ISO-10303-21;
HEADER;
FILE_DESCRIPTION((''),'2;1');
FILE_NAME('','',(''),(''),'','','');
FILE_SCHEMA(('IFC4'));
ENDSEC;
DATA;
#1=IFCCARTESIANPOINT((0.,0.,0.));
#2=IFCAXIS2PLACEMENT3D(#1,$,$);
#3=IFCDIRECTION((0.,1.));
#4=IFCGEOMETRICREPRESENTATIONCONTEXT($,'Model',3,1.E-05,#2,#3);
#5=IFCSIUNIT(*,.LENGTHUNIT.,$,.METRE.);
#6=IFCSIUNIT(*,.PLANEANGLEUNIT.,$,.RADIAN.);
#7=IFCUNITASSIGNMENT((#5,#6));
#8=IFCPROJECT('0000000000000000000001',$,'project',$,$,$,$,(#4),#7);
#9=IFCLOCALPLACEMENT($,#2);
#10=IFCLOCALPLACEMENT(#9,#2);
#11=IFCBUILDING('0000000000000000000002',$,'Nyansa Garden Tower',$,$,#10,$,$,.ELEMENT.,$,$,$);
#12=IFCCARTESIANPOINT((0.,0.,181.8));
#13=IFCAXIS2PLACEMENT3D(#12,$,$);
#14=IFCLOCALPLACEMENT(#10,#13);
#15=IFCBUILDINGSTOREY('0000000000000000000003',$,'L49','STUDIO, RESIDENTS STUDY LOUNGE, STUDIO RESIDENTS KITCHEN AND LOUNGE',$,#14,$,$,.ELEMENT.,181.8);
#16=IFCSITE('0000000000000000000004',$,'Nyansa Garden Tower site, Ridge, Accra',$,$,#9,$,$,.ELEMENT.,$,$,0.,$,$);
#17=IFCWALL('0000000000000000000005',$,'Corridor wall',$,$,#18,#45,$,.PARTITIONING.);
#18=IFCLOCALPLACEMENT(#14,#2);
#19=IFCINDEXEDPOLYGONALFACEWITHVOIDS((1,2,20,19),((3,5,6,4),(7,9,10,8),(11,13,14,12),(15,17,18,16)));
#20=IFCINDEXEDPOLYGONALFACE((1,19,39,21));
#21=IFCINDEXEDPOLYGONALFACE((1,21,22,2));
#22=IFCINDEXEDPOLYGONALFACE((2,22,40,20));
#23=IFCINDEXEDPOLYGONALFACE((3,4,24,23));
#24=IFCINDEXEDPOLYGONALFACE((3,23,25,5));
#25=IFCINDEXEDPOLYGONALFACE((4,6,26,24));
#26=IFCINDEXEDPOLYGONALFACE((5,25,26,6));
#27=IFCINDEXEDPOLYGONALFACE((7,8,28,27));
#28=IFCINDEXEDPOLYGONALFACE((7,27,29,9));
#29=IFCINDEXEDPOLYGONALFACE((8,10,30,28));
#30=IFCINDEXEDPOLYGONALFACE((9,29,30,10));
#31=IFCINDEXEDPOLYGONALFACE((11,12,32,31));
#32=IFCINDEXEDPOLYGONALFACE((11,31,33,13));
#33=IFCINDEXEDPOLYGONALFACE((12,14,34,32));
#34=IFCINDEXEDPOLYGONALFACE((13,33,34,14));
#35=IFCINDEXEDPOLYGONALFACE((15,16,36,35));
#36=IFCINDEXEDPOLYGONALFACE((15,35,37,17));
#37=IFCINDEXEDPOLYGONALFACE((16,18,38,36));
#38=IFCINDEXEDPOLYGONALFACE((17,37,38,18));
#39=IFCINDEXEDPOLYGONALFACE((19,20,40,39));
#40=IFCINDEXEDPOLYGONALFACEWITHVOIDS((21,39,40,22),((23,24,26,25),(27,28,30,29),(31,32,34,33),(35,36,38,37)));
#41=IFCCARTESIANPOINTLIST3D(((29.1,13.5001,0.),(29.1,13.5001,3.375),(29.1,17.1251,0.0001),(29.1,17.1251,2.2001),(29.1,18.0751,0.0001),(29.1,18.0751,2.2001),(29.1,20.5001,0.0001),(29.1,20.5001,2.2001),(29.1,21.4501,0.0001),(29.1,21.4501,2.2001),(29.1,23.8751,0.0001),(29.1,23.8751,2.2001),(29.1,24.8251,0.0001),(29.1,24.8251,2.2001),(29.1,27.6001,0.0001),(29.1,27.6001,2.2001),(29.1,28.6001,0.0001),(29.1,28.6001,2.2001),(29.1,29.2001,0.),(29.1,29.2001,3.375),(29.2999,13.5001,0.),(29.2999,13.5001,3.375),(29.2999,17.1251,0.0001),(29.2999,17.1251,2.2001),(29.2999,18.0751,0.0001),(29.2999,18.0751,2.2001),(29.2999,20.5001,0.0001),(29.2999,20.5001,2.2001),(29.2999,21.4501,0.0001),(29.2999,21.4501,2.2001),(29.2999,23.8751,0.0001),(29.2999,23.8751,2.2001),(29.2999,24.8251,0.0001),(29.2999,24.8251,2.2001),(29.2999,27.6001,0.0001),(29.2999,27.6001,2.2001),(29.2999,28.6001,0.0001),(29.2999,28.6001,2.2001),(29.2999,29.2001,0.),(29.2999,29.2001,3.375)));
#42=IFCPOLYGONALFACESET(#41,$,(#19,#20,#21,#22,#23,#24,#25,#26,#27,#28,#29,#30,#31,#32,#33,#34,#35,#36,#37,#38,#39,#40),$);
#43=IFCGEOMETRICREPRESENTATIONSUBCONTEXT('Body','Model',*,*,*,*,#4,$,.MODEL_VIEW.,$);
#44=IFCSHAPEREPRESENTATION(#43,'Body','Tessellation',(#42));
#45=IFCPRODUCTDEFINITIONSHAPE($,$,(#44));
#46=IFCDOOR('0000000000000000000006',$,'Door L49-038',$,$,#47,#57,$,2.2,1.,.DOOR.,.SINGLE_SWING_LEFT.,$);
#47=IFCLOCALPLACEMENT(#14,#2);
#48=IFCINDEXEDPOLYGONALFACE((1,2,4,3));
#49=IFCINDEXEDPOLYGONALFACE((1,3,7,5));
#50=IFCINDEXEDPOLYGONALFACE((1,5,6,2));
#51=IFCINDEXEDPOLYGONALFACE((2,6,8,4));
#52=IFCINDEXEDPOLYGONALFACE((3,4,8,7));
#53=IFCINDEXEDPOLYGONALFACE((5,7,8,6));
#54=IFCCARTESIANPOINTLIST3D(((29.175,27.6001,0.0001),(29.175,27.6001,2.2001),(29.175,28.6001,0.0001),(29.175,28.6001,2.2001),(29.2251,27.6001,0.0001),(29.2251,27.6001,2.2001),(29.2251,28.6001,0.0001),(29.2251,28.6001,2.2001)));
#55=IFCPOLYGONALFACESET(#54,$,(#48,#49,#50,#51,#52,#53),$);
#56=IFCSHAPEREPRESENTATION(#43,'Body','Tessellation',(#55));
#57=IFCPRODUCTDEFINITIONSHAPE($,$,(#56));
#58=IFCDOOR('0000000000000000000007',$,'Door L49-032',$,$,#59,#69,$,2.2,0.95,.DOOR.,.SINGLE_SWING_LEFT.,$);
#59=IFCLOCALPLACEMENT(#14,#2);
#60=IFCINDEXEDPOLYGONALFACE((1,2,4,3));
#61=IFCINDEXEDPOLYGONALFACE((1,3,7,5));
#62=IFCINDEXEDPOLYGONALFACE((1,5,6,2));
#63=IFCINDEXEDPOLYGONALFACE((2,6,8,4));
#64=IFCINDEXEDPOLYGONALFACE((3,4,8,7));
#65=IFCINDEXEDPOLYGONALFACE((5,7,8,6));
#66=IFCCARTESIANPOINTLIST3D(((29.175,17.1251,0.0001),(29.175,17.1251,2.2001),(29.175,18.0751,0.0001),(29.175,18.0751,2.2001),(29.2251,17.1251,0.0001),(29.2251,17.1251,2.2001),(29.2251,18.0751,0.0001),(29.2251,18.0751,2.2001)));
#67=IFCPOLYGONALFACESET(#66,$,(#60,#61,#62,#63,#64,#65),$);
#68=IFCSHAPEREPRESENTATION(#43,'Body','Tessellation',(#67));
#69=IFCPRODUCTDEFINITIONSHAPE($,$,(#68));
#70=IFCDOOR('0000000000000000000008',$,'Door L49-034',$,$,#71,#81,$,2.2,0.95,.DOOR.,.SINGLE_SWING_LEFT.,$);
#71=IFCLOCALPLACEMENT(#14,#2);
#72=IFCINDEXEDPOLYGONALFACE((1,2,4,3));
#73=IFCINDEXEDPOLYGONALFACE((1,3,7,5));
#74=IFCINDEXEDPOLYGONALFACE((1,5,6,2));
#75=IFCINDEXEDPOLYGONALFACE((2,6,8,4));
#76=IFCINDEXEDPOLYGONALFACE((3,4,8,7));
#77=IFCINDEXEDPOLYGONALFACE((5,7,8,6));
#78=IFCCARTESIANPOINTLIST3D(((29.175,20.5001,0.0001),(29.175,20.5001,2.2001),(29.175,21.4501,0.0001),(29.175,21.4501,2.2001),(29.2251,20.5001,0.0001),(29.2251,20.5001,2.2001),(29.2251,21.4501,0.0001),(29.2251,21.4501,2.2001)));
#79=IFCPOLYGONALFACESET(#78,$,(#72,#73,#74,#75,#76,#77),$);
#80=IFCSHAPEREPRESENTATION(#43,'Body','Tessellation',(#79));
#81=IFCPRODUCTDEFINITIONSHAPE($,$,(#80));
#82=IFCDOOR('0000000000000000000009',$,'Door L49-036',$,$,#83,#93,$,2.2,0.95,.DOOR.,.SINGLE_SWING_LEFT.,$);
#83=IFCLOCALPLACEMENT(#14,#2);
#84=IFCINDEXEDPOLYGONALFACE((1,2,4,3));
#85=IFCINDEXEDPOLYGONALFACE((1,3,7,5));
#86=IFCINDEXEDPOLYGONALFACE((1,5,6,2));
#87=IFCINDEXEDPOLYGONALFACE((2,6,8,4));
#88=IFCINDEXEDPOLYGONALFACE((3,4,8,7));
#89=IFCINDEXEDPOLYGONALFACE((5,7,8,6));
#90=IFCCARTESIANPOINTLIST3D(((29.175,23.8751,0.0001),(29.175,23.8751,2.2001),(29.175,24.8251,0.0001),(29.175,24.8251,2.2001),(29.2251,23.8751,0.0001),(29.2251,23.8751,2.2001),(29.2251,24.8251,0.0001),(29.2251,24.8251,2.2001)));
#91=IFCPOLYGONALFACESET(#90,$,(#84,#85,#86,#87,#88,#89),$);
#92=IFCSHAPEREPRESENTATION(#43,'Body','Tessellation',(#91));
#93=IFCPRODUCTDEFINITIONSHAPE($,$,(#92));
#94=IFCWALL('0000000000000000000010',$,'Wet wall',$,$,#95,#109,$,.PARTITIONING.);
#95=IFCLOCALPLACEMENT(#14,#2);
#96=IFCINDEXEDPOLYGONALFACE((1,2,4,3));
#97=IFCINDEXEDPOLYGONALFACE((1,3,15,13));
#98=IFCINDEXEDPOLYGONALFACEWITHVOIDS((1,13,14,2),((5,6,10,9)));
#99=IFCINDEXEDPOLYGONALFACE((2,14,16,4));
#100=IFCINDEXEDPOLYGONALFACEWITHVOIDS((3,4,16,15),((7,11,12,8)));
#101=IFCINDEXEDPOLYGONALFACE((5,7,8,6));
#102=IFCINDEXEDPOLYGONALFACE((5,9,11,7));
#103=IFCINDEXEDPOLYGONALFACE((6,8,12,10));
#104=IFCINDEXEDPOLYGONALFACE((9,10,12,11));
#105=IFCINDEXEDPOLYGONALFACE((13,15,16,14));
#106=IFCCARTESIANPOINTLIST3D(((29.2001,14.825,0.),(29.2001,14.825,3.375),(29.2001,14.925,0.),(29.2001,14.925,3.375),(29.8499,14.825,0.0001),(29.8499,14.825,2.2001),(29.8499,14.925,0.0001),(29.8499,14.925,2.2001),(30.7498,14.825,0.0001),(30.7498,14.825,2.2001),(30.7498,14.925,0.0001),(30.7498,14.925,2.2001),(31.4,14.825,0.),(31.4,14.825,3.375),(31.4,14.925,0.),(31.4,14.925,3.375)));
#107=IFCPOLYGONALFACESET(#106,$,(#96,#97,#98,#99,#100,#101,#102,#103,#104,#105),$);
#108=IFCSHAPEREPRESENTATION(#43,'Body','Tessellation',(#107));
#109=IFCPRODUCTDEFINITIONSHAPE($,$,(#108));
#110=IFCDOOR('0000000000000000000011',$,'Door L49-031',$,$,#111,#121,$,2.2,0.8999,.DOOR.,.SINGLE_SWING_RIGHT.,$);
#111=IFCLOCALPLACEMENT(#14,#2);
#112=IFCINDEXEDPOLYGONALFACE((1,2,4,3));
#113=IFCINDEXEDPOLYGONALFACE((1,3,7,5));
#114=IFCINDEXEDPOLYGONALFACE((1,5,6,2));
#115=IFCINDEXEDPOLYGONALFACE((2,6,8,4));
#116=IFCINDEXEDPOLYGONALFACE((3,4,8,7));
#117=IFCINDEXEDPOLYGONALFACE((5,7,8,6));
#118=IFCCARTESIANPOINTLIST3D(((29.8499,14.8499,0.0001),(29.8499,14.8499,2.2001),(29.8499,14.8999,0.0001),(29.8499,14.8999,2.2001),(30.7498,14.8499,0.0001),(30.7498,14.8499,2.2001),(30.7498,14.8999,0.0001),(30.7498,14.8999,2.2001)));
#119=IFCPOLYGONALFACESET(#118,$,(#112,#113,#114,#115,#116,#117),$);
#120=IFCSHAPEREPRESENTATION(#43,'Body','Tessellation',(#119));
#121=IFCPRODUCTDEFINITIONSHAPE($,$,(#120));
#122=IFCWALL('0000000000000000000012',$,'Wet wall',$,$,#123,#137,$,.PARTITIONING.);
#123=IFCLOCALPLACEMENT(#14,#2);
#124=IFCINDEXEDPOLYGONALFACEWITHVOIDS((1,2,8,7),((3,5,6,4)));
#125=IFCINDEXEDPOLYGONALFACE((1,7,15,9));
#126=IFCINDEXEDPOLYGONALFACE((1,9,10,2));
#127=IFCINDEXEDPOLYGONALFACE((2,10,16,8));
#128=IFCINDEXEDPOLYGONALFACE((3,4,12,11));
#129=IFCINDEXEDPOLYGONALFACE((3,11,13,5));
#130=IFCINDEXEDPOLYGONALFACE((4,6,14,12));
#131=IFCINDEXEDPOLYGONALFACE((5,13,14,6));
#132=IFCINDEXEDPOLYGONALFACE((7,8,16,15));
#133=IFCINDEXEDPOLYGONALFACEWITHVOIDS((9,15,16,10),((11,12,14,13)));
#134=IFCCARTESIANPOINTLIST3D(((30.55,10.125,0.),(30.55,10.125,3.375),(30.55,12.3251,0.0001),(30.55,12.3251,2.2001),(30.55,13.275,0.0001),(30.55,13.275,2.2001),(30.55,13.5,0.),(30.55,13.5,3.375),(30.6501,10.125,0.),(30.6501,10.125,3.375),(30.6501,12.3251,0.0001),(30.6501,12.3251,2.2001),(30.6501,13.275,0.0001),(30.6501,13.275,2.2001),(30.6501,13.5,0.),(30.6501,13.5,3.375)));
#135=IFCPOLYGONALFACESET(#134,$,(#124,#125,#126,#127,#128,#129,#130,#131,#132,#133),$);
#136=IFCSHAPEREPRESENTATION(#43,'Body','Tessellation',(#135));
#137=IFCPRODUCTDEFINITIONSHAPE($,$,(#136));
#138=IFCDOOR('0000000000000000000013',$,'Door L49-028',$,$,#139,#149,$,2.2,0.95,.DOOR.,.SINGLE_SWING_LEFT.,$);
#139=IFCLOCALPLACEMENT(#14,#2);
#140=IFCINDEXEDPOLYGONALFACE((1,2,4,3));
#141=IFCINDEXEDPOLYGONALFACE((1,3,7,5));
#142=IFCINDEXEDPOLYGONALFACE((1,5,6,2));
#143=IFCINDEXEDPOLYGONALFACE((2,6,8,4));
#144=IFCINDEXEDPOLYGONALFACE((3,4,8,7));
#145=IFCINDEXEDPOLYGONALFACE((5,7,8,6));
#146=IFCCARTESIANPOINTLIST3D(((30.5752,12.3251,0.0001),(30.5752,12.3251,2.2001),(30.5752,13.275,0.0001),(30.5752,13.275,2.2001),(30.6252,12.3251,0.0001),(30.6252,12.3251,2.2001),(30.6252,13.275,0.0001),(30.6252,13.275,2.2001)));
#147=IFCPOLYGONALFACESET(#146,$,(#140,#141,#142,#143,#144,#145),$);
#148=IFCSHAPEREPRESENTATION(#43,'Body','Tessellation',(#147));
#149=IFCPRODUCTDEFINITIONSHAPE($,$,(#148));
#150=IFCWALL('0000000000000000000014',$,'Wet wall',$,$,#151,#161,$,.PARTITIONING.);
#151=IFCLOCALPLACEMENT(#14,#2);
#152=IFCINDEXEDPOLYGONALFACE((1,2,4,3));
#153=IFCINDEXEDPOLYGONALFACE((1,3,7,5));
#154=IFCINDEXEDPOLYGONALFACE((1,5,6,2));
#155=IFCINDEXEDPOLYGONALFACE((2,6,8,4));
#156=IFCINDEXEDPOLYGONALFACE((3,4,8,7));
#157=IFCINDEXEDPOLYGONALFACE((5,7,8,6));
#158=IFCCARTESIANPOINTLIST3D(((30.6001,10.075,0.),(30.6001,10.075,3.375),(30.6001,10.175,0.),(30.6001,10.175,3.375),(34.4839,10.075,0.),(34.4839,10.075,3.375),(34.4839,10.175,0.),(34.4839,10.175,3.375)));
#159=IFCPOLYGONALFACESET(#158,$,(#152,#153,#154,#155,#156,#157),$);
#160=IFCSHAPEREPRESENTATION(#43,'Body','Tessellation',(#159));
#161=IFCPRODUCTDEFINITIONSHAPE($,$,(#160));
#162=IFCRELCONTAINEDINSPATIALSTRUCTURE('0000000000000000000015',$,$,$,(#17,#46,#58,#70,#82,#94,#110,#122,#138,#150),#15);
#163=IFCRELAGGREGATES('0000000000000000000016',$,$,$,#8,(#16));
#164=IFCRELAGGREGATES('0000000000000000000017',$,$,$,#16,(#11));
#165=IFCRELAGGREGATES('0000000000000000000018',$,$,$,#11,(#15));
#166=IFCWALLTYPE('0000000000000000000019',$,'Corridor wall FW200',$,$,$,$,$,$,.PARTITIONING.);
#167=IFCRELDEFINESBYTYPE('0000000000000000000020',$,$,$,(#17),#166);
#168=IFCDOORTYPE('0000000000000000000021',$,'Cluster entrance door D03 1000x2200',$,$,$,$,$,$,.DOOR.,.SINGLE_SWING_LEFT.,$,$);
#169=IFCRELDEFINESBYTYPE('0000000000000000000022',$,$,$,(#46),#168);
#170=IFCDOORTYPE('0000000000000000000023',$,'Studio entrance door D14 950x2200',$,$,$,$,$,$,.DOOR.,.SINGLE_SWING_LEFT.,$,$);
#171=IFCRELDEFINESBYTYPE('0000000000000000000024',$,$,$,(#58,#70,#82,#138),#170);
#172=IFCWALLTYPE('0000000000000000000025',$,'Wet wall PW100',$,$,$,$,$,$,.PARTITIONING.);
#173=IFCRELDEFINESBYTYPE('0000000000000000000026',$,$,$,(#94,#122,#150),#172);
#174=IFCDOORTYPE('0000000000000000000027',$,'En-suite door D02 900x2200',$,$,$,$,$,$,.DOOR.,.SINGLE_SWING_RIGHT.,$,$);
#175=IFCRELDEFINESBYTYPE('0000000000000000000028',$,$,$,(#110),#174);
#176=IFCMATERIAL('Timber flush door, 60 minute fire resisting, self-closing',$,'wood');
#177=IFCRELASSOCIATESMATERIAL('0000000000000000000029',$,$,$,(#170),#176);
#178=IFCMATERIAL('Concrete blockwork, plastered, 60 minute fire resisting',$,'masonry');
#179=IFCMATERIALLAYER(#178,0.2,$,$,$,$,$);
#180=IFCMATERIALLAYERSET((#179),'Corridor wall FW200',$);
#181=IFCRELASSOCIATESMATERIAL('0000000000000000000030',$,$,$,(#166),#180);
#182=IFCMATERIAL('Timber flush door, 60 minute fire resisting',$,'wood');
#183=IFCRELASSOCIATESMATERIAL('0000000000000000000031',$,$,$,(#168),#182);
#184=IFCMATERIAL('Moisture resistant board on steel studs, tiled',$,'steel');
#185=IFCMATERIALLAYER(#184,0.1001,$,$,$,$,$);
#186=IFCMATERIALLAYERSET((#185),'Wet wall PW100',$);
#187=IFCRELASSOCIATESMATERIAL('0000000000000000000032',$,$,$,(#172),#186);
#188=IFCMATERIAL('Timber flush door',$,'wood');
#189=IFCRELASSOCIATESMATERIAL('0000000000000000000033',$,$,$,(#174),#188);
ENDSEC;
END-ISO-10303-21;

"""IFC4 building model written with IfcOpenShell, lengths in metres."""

from ifc_helpers import new_model, si_unit, direction, frame, frame_2d, origin, place, context, subcontext, project, spatial, rectangle, extrude, material, layer, layer_set, type_object, element, fill, save


model = new_model("IFC4")

# Units and contexts
model_context = context("Model", 3, precision=1e-05, world=origin(), true_north=direction((0.0, 1.0)))
body_context = subcontext(model_context, "Body", "Model", "MODEL_VIEW")
ifc_project = project(units=[si_unit("LENGTHUNIT", "METRE"), si_unit("PLANEANGLEUNIT", "RADIAN")], contexts=[model_context])

# Site, building, storey
site_placement = place(None, origin())
site = spatial("IfcSite", under=ifc_project, at=site_placement, Name="Nyansa Garden Tower site, Ridge, Accra", CompositionType="ELEMENT", RefElevation=0.0)
building_placement = place(site_placement, origin())
building = spatial("IfcBuilding", under=site, at=building_placement, Name="Nyansa Garden Tower", CompositionType="ELEMENT")
storey_placement = place(building_placement, frame((0.0, 0.0, 181.8)))
storey = spatial("IfcBuildingStorey", under=building, at=storey_placement, Name="L49", Description="STUDIO, RESIDENTS STUDY LOUNGE, STUDIO RESIDENTS KITCHEN AND LOUNGE", CompositionType="ELEMENT", Elevation=181.8)

# Shared definitions
ifc_material_1 = material(Name="Timber flush door, 60 minute fire resisting, self-closing", Category="wood")
door_type_1 = type_object("IfcDoorType", Name="Studio entrance door D14 950x2200", OperationType="SINGLE_SWING_LEFT", PredefinedType="DOOR", material=ifc_material_1)

# Wall, openings, doors
ifc_material_2 = material(Name="Concrete blockwork, plastered, 60 minute fire resisting", Category="masonry")
ifc_layer_1 = layer(ifc_material_2, 0.2)
ifc_layer_set_1 = layer_set([ifc_layer_1], Name="Corridor wall FW200")
wall_type_1 = type_object("IfcWallType", Name="Corridor wall FW200", PredefinedType="PARTITIONING", material=ifc_layer_set_1)
wall_1_placement = place(storey_placement, frame((29.2, 13.5, 0.0), z_axis=(0.0, 0.0, 1.0), x_axis=(0.0, 1.0, 0.0)))
wall_1 = element("IfcWall", 1, at=wall_1_placement, inside=storey, type_object=wall_type_1, Name="Corridor wall", PredefinedType="PARTITIONING", context=body_context, shape_type="SweptSolid", body=[
    extrude(rectangle(XDim=15.7, YDim=0.2, at=frame_2d((7.8501, 0.0))), origin(), (0.0, 0.0, 1.0), 3.375),
])
opening_1_placement = place(wall_1_placement, frame((3.625, 0.0, 0.0)))
opening_1 = element("IfcOpeningElement", 2, at=opening_1_placement, cuts=wall_1, PredefinedType="OPENING", context=body_context, shape_type="SweptSolid", body=[
    extrude(rectangle(XDim=0.95, YDim=2.2, at=frame_2d((0.4751, 1.1001))), frame((0.0, 0.1099, 0.0), z_axis=(0.0, -1.0, 0.0), x_axis=(1.0, 0.0, 0.0)), (0.0, 0.0, 1.0), 0.22),
])
opening_2_placement = place(wall_1_placement, frame((7.0, 0.0, 0.0)))
opening_2 = element("IfcOpeningElement", 3, at=opening_2_placement, cuts=wall_1, PredefinedType="OPENING", context=body_context, shape_type="SweptSolid", body=[
    extrude(rectangle(XDim=0.95, YDim=2.2, at=frame_2d((0.4751, 1.1001))), frame((0.0, 0.1099, 0.0), z_axis=(0.0, -1.0, 0.0), x_axis=(1.0, 0.0, 0.0)), (0.0, 0.0, 1.0), 0.22),
])
opening_3_placement = place(wall_1_placement, frame((10.375, 0.0, 0.0)))
opening_3 = element("IfcOpeningElement", 4, at=opening_3_placement, cuts=wall_1, PredefinedType="OPENING", context=body_context, shape_type="SweptSolid", body=[
    extrude(rectangle(XDim=0.95, YDim=2.2, at=frame_2d((0.4751, 1.1001))), frame((0.0, 0.1099, 0.0), z_axis=(0.0, -1.0, 0.0), x_axis=(1.0, 0.0, 0.0)), (0.0, 0.0, 1.0), 0.22),
])
opening_4_placement = place(wall_1_placement, frame((14.1001, 0.0, 0.0)))
opening_4 = element("IfcOpeningElement", 5, at=opening_4_placement, cuts=wall_1, PredefinedType="OPENING", context=body_context, shape_type="SweptSolid", body=[
    extrude(rectangle(XDim=1.0, YDim=2.2, at=frame_2d((0.5, 1.1001))), frame((0.0, 0.1099, 0.0), z_axis=(0.0, -1.0, 0.0), x_axis=(1.0, 0.0, 0.0)), (0.0, 0.0, 1.0), 0.22),
])
ifc_material_3 = material(Name="Timber flush door, 60 minute fire resisting", Category="wood")
door_type_2 = type_object("IfcDoorType", Name="Cluster entrance door D03 1000x2200", OperationType="SINGLE_SWING_LEFT", PredefinedType="DOOR", material=ifc_material_3)
door_1_placement = place(opening_4_placement, origin())
door_1 = element("IfcDoor", 6, at=door_1_placement, inside=storey, type_object=door_type_2, Name="Door L49-038", OperationType="SINGLE_SWING_LEFT", OverallHeight=2.2, OverallWidth=1.0, PredefinedType="DOOR", context=body_context, shape_type="SweptSolid", body=[
    extrude(rectangle(XDim=1.0, YDim=2.2, at=frame_2d((0.5, 1.1001))), frame((0.0, 0.0249, 0.0), z_axis=(0.0, -1.0, 0.0), x_axis=(1.0, 0.0, 0.0)), (0.0, 0.0, 1.0), 0.05),
])
fill(opening_4, door_1)
door_2_placement = place(opening_1_placement, origin())
door_2 = element("IfcDoor", 7, at=door_2_placement, inside=storey, type_object=door_type_1, Name="Door L49-032", OperationType="SINGLE_SWING_LEFT", OverallHeight=2.2, OverallWidth=0.95, PredefinedType="DOOR", context=body_context, shape_type="SweptSolid", body=[
    extrude(rectangle(XDim=0.95, YDim=2.2, at=frame_2d((0.4751, 1.1001))), frame((0.0, 0.0249, 0.0), z_axis=(0.0, -1.0, 0.0), x_axis=(1.0, 0.0, 0.0)), (0.0, 0.0, 1.0), 0.05),
])
fill(opening_1, door_2)
door_3_placement = place(opening_2_placement, origin())
door_3 = element("IfcDoor", 8, at=door_3_placement, inside=storey, type_object=door_type_1, Name="Door L49-034", OperationType="SINGLE_SWING_LEFT", OverallHeight=2.2, OverallWidth=0.95, PredefinedType="DOOR", context=body_context, shape_type="SweptSolid", body=[
    extrude(rectangle(XDim=0.95, YDim=2.2, at=frame_2d((0.4751, 1.1001))), frame((0.0, 0.0249, 0.0), z_axis=(0.0, -1.0, 0.0), x_axis=(1.0, 0.0, 0.0)), (0.0, 0.0, 1.0), 0.05),
])
fill(opening_2, door_3)
door_4_placement = place(opening_3_placement, origin())
door_4 = element("IfcDoor", 9, at=door_4_placement, inside=storey, type_object=door_type_1, Name="Door L49-036", OperationType="SINGLE_SWING_LEFT", OverallHeight=2.2, OverallWidth=0.95, PredefinedType="DOOR", context=body_context, shape_type="SweptSolid", body=[
    extrude(rectangle(XDim=0.95, YDim=2.2, at=frame_2d((0.4751, 1.1001))), frame((0.0, 0.0249, 0.0), z_axis=(0.0, -1.0, 0.0), x_axis=(1.0, 0.0, 0.0)), (0.0, 0.0, 1.0), 0.05),
])
fill(opening_3, door_4)

# Walls, openings, doors
ifc_material_4 = material(Name="Moisture resistant board on steel studs, tiled", Category="steel")
ifc_layer_2 = layer(ifc_material_4, 0.1001)
ifc_layer_set_2 = layer_set([ifc_layer_2], Name="Wet wall PW100")
wall_type_2 = type_object("IfcWallType", Name="Wet wall PW100", PredefinedType="PARTITIONING", material=ifc_layer_set_2)
wall_2_placement = place(storey_placement, frame((29.2, 14.875, 0.0), z_axis=(0.0, 0.0, 1.0), x_axis=(1.0, 0.0, 0.0)))
wall_2 = element("IfcWall", 10, at=wall_2_placement, inside=storey, type_object=wall_type_2, Name="Wet wall", PredefinedType="PARTITIONING", context=body_context, shape_type="SweptSolid", body=[
    extrude(rectangle(XDim=2.2, YDim=0.1001, at=frame_2d((1.1001, 0.0))), origin(), (0.0, 0.0, 1.0), 3.375),
])
opening_5_placement = place(wall_2_placement, frame((0.6499, 0.0, 0.0)))
opening_5 = element("IfcOpeningElement", 11, at=opening_5_placement, cuts=wall_2, PredefinedType="OPENING", context=body_context, shape_type="SweptSolid", body=[
    extrude(rectangle(XDim=0.8999, YDim=2.2, at=frame_2d((0.45, 1.1001))), frame((0.0, 0.0601, 0.0), z_axis=(0.0, -1.0, 0.0), x_axis=(1.0, 0.0, 0.0)), (0.0, 0.0, 1.0), 0.1201),
])
ifc_material_5 = material(Name="Timber flush door", Category="wood")
door_type_3 = type_object("IfcDoorType", Name="En-suite door D02 900x2200", OperationType="SINGLE_SWING_RIGHT", PredefinedType="DOOR", material=ifc_material_5)
door_5_placement = place(opening_5_placement, origin())
door_5 = element("IfcDoor", 12, at=door_5_placement, inside=storey, type_object=door_type_3, Name="Door L49-031", OperationType="SINGLE_SWING_RIGHT", OverallHeight=2.2, OverallWidth=0.8999, PredefinedType="DOOR", context=body_context, shape_type="SweptSolid", body=[
    extrude(rectangle(XDim=0.8999, YDim=2.2, at=frame_2d((0.45, 1.1001))), frame((0.0, 0.0249, 0.0), z_axis=(0.0, -1.0, 0.0), x_axis=(1.0, 0.0, 0.0)), (0.0, 0.0, 1.0), 0.05),
])
fill(opening_5, door_5)
wall_3_placement = place(storey_placement, frame((30.6001, 10.125, 0.0), z_axis=(0.0, 0.0, 1.0), x_axis=(0.0, 1.0, 0.0)))
wall_3 = element("IfcWall", 13, at=wall_3_placement, inside=storey, type_object=wall_type_2, Name="Wet wall", PredefinedType="PARTITIONING", context=body_context, shape_type="SweptSolid", body=[
    extrude(rectangle(XDim=3.375, YDim=0.1001, at=frame_2d((1.6875, 0.0))), origin(), (0.0, 0.0, 1.0), 3.375),
])
opening_6_placement = place(wall_3_placement, frame((2.2, 0.0, 0.0)))
opening_6 = element("IfcOpeningElement", 14, at=opening_6_placement, cuts=wall_3, PredefinedType="OPENING", context=body_context, shape_type="SweptSolid", body=[
    extrude(rectangle(XDim=0.95, YDim=2.2, at=frame_2d((0.4751, 1.1001))), frame((0.0, 0.0601, 0.0), z_axis=(0.0, -1.0, 0.0), x_axis=(1.0, 0.0, 0.0)), (0.0, 0.0, 1.0), 0.1201),
])
door_6_placement = place(opening_6_placement, origin())
door_6 = element("IfcDoor", 15, at=door_6_placement, inside=storey, type_object=door_type_1, Name="Door L49-028", OperationType="SINGLE_SWING_LEFT", OverallHeight=2.2, OverallWidth=0.95, PredefinedType="DOOR", context=body_context, shape_type="SweptSolid", body=[
    extrude(rectangle(XDim=0.95, YDim=2.2, at=frame_2d((0.4751, 1.1001))), frame((0.0, 0.0249, 0.0), z_axis=(0.0, -1.0, 0.0), x_axis=(1.0, 0.0, 0.0)), (0.0, 0.0, 1.0), 0.05),
])
fill(opening_6, door_6)

# Wall
wall_4_placement = place(storey_placement, frame((30.6001, 10.125, 0.0), z_axis=(0.0, 0.0, 1.0), x_axis=(1.0, 0.0, 0.0)))
element("IfcWall", 16, at=wall_4_placement, inside=storey, type_object=wall_type_2, Name="Wet wall", PredefinedType="PARTITIONING", context=body_context, shape_type="SweptSolid", body=[
    extrude(rectangle(XDim=3.8838, YDim=0.1001, at=frame_2d((1.9419, 0.0))), origin(), (0.0, 0.0, 1.0), 3.375),
])

save(model, "model.ifc")
